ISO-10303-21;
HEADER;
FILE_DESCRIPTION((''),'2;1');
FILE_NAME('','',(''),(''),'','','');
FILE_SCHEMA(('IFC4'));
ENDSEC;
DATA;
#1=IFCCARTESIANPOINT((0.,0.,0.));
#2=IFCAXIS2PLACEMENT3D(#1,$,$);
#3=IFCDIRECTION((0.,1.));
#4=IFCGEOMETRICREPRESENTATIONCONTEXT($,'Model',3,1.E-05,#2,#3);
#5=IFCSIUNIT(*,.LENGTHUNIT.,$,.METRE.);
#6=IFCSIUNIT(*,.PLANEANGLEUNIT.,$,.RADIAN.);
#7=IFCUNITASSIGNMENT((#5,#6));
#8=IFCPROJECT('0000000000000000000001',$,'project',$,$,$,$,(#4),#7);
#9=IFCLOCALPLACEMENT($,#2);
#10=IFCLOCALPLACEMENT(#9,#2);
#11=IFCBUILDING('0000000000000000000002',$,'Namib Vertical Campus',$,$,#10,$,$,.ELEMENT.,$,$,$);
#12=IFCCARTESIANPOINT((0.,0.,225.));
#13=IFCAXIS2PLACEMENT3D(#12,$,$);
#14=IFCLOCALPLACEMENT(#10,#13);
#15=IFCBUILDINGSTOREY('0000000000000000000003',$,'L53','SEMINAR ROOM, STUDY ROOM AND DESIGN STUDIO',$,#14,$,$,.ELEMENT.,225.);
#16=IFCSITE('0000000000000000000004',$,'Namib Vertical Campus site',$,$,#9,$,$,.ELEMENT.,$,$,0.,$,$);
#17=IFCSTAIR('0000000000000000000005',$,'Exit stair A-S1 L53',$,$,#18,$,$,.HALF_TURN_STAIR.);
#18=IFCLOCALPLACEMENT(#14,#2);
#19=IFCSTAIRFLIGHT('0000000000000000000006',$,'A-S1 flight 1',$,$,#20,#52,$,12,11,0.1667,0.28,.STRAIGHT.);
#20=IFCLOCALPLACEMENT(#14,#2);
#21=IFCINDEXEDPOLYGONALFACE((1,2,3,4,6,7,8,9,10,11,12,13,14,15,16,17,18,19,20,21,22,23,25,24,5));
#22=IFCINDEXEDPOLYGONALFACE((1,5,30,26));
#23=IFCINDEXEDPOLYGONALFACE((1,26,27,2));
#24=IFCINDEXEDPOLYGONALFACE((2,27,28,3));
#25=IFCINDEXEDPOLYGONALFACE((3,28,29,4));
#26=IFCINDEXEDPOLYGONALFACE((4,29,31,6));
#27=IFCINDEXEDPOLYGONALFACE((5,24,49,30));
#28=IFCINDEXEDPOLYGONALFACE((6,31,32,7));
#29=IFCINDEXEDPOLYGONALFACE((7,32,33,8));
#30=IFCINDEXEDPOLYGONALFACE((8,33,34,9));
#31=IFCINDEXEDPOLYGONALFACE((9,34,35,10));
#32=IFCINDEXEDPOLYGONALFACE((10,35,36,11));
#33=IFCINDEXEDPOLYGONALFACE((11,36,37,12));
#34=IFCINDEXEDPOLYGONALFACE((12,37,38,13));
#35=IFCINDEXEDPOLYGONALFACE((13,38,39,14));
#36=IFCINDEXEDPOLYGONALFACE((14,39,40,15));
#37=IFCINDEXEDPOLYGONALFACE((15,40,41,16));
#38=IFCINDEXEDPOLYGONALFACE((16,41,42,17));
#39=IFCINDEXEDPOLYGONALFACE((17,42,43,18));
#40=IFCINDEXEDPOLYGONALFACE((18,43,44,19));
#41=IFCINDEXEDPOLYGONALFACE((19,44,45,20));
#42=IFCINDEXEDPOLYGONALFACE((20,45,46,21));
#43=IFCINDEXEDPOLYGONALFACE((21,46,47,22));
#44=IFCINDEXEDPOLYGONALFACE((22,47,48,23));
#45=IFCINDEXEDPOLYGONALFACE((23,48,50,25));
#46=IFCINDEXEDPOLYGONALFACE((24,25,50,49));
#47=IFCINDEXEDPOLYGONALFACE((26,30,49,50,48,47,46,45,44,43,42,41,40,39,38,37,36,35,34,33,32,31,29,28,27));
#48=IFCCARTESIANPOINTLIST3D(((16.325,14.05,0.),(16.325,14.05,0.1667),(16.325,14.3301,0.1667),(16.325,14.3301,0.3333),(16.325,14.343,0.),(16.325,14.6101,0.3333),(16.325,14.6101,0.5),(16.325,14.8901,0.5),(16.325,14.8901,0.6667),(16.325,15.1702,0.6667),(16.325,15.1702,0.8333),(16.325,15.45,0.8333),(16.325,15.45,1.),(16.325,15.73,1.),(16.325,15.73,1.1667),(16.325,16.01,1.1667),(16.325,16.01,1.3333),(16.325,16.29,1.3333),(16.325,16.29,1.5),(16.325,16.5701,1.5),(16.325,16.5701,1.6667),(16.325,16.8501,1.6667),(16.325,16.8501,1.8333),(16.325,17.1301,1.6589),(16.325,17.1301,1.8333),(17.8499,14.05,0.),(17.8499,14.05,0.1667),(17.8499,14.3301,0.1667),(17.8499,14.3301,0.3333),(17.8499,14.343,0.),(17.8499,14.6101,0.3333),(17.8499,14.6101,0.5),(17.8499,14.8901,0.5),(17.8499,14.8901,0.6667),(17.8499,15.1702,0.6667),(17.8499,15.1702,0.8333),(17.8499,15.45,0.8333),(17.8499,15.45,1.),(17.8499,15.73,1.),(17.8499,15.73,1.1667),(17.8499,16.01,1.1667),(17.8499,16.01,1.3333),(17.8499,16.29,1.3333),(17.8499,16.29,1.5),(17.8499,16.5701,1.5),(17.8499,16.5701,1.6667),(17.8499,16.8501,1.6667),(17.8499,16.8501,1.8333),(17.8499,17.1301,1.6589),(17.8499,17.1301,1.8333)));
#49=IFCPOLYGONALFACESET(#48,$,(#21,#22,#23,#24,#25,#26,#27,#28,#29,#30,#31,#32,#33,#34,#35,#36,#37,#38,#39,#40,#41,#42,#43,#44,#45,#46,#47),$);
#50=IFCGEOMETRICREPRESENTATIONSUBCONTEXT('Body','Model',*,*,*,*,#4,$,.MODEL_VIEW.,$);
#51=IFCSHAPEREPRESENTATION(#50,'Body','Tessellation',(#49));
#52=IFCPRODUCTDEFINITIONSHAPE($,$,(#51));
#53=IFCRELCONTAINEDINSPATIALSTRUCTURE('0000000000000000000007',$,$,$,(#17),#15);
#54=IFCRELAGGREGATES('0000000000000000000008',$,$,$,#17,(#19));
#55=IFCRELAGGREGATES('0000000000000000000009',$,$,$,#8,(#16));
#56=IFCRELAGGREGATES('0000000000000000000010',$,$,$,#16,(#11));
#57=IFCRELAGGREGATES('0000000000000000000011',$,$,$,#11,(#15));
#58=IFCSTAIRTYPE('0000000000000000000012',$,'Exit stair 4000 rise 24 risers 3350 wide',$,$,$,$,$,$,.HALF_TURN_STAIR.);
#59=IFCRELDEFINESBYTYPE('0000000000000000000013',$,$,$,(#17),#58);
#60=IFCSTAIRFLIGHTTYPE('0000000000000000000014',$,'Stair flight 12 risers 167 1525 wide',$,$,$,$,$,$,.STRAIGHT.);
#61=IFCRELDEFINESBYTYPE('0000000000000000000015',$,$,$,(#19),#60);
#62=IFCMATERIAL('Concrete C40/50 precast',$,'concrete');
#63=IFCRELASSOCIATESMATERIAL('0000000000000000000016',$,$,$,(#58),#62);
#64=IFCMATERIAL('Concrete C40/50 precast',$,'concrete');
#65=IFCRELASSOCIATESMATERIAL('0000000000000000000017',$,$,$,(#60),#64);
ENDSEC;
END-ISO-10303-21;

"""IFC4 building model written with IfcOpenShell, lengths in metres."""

from ifc_helpers import new_model, si_unit, direction, frame, origin, place, context, subcontext, project, spatial, polyline, outline, extrude, material, type_object, element, aggregate, save


model = new_model("IFC4")

# Units and contexts
model_context = context("Model", 3, precision=1e-05, world=origin(), true_north=direction((0.0, 1.0)))
body_context = subcontext(model_context, "Body", "Model", "MODEL_VIEW")
ifc_project = project(units=[si_unit("LENGTHUNIT", "METRE"), si_unit("PLANEANGLEUNIT", "RADIAN")], contexts=[model_context])

# Site, building, storey
site_placement = place(None, origin())
site = spatial("IfcSite", under=ifc_project, at=site_placement, Name="Namib Vertical Campus site", CompositionType="ELEMENT", RefElevation=0.0)
building_placement = place(site_placement, origin())
building = spatial("IfcBuilding", under=site, at=building_placement, Name="Namib Vertical Campus", CompositionType="ELEMENT")
storey_placement = place(building_placement, frame((0.0, 0.0, 225.0)))
storey = spatial("IfcBuildingStorey", under=building, at=storey_placement, Name="L53", Description="SEMINAR ROOM, STUDY ROOM AND DESIGN STUDIO", CompositionType="ELEMENT", Elevation=225.0)

# Stair, stair flight
ifc_material_1 = material(Name="Concrete C40/50 precast", Category="concrete")
stair_type = type_object("IfcStairType", Name="Exit stair 4000 rise 24 risers 3350 wide", PredefinedType="HALF_TURN_STAIR", material=ifc_material_1)
stair_placement = place(storey_placement, origin())
stair = element("IfcStair", 1, at=stair_placement, inside=storey, type_object=stair_type, Name="Exit stair A-S1 L53", PredefinedType="HALF_TURN_STAIR")
ifc_material_2 = material(Name="Concrete C40/50 precast", Category="concrete")
stair_flight_type = type_object("IfcStairFlightType", Name="Stair flight 12 risers 167 1525 wide", PredefinedType="STRAIGHT", material=ifc_material_2)
stair_flight_placement = place(storey_placement, frame((17.0874, 14.05, 0.0), z_axis=(0.0, 0.0, 1.0), x_axis=(0.0, 1.0, 0.0)))
stair_flight = element("IfcStairFlight", 2, at=stair_flight_placement, type_object=stair_flight_type, Name="A-S1 flight 1", NumberOfRisers=12, NumberOfTreads=11, PredefinedType="STRAIGHT", RiserHeight=0.1667, TreadLength=0.28, context=body_context, shape_type="SweptSolid", body=[
    extrude(outline(polyline([(0.0, 0.0), (0.0, 0.1667), (0.28, 0.1667), (0.28, 0.3333), (0.5601, 0.3333), (0.5601, 0.5), (0.8401, 0.5), (0.8401, 0.6667), (1.1201, 0.6667), (1.1201, 0.8333), (1.3999, 0.8333), (1.3999, 1.0), (1.6799, 1.0), (1.6799, 1.1667), (1.96, 1.1667), (1.96, 1.3333), (2.24, 1.3333), (2.24, 1.5), (2.52, 1.5), (2.52, 1.6667), (2.8, 1.6667), (2.8, 1.8333), (3.0801, 1.8333), (3.0801, 2.0), (3.0801, 1.6589), (0.293, 0.0), (0.0, 0.0)])), frame((0.0, 0.7625, 0.0), z_axis=(0.0, -1.0, 0.0), x_axis=(1.0, 0.0, 0.0)), (0.0, 0.0, 1.0), 1.5249),
])
aggregate(stair, [stair_flight])

save(model, "model.ifc")
